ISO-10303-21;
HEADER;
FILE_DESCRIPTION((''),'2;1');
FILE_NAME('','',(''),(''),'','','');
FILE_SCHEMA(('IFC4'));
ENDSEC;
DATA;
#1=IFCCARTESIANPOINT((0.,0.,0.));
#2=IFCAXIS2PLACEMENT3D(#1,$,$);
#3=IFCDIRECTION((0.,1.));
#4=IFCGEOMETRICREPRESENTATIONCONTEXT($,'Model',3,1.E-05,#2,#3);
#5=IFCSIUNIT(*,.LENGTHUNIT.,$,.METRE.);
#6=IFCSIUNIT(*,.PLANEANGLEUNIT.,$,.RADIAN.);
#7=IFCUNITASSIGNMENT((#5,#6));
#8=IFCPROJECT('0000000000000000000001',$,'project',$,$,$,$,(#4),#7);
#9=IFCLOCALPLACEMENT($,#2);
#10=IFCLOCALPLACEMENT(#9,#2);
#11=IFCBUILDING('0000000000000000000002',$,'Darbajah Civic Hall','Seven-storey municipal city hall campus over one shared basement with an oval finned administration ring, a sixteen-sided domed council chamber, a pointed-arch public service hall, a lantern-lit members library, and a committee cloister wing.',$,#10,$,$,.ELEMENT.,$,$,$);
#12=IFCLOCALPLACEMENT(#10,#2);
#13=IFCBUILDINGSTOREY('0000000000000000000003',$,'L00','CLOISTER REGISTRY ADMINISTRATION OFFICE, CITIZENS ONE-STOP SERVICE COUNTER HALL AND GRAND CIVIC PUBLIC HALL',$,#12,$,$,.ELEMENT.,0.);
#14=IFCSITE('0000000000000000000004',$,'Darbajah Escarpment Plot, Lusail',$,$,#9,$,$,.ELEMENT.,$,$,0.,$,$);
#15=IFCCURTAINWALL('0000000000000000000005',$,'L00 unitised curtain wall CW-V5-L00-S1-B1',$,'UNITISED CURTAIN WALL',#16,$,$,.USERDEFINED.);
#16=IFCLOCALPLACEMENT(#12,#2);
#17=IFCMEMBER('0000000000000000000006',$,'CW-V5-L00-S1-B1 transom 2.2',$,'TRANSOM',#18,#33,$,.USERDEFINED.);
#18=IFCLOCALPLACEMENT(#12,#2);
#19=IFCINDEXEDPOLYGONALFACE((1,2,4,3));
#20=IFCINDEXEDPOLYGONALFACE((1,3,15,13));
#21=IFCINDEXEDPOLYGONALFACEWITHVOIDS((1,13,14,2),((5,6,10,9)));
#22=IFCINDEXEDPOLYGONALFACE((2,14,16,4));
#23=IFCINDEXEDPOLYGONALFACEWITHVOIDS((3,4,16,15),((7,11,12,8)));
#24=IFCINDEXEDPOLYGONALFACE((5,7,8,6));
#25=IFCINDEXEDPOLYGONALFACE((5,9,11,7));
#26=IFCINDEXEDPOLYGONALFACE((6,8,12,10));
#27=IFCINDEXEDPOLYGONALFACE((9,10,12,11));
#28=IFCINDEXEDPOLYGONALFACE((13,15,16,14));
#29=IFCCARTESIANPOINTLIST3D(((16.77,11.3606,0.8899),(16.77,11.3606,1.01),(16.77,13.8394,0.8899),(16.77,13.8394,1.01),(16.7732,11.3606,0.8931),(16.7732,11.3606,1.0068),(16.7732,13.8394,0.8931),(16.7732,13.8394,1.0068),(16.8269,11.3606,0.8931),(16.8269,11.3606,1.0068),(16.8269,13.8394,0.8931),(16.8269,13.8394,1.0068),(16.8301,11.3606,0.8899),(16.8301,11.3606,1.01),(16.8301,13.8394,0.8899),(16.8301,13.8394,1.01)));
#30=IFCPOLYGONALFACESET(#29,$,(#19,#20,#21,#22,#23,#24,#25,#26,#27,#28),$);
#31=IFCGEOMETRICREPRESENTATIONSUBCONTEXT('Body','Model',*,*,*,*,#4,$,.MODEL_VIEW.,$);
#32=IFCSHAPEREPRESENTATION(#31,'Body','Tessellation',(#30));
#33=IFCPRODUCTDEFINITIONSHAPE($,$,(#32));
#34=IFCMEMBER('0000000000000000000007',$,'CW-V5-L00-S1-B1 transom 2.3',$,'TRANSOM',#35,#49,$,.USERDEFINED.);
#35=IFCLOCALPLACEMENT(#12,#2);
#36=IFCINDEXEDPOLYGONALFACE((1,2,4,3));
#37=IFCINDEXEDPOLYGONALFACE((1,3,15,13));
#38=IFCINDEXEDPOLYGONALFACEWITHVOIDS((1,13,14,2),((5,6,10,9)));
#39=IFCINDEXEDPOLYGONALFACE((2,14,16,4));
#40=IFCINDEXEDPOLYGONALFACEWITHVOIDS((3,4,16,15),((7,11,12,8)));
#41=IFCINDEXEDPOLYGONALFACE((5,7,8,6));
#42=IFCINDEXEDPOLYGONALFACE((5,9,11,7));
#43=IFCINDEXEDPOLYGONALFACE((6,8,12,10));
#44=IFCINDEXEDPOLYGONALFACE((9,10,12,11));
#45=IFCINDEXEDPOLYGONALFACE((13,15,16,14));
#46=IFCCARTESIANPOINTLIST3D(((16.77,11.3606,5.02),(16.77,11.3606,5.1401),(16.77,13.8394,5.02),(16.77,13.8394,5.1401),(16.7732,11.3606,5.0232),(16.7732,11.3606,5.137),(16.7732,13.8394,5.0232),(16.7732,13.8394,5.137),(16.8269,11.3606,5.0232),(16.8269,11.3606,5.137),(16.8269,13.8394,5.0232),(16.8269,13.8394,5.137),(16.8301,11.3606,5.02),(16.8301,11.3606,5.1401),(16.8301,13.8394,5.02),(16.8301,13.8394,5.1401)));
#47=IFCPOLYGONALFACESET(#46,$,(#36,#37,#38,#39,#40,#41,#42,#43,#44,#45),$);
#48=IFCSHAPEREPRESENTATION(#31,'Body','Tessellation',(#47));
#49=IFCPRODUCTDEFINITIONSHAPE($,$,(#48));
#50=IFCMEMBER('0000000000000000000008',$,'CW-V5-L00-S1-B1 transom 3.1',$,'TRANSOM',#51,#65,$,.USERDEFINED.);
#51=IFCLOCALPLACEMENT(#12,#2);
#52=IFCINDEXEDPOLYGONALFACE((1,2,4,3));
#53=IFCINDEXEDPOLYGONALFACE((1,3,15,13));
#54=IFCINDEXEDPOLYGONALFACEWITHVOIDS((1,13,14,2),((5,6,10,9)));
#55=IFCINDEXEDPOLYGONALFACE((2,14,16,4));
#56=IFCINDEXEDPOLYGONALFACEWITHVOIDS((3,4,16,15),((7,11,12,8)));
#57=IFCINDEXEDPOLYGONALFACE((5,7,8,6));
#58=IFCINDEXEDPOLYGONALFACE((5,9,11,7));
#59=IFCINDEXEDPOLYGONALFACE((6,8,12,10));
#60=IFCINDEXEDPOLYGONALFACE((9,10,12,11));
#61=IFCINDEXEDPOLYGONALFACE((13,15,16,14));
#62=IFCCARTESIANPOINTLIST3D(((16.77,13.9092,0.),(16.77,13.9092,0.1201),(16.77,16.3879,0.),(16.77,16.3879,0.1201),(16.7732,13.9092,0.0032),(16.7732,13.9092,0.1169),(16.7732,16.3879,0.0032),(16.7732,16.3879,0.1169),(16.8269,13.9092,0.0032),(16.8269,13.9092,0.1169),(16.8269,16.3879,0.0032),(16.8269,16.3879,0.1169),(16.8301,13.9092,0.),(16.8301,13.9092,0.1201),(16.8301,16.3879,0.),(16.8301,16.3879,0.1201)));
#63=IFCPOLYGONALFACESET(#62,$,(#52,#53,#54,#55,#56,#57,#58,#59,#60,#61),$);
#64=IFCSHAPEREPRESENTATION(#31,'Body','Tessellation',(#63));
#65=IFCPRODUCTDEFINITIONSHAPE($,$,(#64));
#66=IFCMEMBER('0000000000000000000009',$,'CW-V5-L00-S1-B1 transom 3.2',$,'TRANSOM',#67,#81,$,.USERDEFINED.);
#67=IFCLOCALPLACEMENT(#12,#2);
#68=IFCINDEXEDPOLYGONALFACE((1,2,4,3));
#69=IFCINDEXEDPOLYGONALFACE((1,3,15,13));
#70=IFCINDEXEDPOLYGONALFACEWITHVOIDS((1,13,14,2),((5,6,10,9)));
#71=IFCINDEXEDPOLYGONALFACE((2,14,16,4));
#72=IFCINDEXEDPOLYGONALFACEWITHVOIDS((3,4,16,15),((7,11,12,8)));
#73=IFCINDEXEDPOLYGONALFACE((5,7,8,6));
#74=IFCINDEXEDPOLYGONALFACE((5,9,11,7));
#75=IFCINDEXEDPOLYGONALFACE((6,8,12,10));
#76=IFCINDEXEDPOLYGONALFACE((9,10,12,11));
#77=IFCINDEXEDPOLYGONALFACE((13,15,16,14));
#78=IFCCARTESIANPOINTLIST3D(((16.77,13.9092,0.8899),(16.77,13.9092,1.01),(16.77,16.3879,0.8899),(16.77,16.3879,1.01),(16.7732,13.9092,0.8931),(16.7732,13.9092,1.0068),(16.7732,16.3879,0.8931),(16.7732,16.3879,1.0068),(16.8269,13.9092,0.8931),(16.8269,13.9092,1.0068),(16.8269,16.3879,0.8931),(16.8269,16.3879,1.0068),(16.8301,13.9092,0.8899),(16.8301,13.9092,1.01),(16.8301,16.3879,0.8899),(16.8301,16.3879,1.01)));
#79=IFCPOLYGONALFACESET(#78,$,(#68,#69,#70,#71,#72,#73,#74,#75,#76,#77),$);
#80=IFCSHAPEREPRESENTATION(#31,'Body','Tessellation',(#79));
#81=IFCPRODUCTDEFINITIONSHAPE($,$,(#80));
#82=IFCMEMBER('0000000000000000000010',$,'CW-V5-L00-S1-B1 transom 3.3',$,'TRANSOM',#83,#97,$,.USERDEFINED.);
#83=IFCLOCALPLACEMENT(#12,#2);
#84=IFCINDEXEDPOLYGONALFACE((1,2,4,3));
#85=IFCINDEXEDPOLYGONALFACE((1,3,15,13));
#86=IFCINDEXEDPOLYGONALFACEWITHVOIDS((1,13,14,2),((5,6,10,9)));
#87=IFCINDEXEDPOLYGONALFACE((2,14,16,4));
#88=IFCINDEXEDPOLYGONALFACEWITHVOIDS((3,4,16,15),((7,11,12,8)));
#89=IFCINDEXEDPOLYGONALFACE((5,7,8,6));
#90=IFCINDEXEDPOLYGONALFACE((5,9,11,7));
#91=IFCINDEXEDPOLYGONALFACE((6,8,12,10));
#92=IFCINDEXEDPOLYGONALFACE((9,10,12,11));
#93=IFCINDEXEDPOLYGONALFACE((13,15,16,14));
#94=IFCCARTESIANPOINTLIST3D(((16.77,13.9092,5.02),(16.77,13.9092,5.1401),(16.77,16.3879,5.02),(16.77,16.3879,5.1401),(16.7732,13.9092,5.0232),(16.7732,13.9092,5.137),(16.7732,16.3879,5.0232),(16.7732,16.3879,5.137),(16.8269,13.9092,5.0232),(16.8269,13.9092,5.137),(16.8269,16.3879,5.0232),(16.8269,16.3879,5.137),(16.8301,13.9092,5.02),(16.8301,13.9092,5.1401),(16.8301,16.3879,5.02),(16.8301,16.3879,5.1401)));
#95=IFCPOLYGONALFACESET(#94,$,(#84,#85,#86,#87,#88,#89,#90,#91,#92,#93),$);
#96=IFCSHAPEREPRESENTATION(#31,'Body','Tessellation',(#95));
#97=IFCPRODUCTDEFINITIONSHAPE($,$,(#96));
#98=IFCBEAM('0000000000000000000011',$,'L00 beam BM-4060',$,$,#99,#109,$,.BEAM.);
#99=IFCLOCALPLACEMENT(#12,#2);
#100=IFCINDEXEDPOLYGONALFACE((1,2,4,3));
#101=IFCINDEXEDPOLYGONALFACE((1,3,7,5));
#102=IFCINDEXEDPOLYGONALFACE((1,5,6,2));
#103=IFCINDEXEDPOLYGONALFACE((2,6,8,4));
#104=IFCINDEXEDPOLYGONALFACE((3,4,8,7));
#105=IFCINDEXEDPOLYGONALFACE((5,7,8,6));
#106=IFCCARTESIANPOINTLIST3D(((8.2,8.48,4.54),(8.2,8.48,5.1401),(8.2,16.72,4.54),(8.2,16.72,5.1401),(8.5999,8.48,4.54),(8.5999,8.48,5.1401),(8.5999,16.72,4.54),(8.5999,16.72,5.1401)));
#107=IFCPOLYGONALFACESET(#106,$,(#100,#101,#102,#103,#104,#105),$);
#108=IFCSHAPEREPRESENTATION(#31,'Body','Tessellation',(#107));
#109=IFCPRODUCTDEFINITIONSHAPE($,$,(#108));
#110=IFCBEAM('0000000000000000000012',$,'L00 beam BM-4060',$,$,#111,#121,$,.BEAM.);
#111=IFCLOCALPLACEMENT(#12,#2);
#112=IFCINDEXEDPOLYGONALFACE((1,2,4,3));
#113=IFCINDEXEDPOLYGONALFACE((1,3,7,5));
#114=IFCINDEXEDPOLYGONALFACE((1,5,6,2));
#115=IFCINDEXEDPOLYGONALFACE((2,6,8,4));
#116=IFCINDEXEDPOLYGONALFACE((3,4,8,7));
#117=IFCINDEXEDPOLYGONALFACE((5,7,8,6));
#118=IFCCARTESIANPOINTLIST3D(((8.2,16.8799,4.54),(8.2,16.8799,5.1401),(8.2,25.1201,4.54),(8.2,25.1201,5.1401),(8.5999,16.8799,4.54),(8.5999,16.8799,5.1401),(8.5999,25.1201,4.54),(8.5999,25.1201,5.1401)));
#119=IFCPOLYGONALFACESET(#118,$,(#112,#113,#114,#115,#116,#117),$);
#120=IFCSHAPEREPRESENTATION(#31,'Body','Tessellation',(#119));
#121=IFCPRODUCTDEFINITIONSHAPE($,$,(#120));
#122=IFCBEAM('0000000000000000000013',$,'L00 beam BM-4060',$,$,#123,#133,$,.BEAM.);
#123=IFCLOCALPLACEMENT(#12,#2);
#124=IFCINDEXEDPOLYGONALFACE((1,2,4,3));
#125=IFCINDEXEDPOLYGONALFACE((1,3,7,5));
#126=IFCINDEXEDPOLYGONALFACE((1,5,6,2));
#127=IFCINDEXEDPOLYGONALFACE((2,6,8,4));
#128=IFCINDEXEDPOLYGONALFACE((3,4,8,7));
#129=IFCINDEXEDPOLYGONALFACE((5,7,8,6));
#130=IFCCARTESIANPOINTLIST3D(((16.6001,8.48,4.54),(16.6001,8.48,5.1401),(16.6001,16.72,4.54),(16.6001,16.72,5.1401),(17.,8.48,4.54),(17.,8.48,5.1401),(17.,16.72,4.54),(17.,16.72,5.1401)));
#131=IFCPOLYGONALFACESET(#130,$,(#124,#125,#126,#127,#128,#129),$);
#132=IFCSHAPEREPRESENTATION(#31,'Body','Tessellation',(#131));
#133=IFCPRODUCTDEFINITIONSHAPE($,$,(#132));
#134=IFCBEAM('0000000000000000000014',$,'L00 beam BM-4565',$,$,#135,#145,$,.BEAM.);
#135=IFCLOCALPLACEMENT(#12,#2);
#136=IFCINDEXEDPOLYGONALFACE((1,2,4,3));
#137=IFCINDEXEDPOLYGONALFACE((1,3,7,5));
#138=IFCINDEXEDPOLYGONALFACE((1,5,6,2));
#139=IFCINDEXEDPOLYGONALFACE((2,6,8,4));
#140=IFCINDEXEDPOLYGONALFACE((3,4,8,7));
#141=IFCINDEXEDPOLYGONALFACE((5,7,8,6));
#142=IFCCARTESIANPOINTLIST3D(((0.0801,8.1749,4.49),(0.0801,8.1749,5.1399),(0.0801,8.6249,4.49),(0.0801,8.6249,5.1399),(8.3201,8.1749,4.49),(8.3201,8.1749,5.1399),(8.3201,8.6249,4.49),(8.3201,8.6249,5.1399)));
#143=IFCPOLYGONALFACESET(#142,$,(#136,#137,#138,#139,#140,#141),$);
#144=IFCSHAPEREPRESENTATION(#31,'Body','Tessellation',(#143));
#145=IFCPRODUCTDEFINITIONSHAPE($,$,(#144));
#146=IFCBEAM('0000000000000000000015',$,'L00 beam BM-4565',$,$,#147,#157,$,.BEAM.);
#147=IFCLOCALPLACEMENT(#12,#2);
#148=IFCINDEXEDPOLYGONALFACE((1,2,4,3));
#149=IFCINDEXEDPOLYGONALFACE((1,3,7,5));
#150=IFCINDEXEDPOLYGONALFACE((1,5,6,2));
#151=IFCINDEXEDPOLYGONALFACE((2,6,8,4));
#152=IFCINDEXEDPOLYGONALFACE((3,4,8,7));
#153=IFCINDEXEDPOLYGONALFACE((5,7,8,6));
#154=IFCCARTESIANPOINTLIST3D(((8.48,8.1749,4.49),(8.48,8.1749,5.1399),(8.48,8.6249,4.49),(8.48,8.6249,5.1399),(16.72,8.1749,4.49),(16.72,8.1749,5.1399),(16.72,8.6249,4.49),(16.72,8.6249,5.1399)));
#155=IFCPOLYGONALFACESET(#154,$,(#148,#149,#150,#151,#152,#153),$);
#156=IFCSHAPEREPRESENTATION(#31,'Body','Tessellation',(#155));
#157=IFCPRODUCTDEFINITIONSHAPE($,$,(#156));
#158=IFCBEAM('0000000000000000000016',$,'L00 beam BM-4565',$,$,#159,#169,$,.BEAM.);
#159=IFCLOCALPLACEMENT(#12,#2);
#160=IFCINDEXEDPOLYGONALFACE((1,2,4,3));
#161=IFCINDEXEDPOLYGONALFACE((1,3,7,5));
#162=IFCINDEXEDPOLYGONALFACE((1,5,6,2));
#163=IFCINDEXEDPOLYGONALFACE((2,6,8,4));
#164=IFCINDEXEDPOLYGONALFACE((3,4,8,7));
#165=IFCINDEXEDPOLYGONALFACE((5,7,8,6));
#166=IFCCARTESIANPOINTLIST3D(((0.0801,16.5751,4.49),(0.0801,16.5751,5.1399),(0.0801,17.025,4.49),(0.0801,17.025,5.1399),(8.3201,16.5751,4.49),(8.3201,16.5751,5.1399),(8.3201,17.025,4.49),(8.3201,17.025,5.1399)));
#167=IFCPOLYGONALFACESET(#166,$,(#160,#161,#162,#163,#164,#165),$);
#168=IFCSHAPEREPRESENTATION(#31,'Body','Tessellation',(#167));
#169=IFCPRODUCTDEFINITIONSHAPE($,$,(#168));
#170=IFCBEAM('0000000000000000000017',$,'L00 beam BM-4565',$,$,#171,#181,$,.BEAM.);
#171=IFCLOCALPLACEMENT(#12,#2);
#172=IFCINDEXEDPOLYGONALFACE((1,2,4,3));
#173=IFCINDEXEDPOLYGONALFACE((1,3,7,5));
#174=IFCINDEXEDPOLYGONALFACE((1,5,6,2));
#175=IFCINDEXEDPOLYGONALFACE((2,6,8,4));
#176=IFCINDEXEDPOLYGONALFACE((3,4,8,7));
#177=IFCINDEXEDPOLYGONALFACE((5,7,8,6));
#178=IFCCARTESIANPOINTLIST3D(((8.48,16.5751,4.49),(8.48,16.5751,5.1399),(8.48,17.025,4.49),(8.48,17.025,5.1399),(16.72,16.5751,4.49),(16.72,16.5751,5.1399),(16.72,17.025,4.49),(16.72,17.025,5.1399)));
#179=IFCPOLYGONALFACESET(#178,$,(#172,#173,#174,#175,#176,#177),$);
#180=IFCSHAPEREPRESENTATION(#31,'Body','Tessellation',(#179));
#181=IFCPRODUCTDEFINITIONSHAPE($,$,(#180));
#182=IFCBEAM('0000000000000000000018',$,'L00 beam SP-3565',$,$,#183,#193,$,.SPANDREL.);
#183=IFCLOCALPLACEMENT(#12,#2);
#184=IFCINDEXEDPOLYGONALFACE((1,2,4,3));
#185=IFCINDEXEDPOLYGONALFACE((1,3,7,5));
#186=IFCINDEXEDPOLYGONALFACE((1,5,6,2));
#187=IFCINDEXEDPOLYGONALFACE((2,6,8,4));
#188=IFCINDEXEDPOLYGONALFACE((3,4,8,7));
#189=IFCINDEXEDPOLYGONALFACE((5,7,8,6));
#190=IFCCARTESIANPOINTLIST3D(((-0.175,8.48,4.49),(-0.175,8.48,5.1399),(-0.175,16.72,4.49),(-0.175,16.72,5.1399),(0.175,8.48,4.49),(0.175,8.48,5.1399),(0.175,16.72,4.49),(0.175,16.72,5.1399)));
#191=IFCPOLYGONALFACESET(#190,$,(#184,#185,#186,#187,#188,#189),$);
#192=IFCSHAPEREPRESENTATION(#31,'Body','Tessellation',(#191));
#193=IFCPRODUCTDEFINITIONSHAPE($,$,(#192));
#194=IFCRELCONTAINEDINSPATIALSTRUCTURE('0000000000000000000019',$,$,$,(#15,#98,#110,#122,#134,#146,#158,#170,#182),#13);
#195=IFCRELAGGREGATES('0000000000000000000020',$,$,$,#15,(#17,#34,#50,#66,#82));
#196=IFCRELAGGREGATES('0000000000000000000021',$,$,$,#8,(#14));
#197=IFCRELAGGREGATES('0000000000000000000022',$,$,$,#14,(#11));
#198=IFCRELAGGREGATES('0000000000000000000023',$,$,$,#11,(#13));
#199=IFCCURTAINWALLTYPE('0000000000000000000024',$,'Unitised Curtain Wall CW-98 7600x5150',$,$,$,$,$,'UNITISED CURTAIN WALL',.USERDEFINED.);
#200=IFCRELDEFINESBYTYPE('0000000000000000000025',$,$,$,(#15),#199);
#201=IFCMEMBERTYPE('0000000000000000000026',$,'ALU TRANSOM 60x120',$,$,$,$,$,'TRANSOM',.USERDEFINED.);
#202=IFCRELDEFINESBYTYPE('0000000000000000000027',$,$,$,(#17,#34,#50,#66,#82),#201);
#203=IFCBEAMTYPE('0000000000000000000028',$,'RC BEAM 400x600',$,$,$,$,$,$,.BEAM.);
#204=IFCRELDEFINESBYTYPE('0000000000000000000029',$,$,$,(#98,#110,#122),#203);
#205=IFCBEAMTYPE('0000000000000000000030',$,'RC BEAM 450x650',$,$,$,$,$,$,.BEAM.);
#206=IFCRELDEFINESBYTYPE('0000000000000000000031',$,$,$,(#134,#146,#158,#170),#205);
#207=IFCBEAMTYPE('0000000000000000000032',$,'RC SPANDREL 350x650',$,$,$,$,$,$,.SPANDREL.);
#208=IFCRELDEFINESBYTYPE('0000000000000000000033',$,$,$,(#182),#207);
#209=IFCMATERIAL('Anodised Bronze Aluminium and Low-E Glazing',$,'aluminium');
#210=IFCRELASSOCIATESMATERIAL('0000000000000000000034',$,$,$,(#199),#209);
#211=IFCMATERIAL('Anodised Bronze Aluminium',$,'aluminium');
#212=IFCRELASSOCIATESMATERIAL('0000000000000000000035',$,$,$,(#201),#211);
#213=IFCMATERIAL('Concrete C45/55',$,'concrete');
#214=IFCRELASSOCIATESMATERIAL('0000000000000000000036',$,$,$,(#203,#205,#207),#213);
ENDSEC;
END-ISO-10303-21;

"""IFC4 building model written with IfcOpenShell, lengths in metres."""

from ifc_helpers import new_model, si_unit, direction, frame, origin, origin_2d, place, context, subcontext, project, spatial, rectangle, hollow_rectangle, extrude, material, material_profile, profile_set, type_object, element, aggregate, save


model = new_model("IFC4")

# Units and contexts
model_context = context("Model", 3, precision=1e-05, world=origin(), true_north=direction((0.0, 1.0)))
body_context = subcontext(model_context, "Body", "Model", "MODEL_VIEW")
ifc_project = project(units=[si_unit("LENGTHUNIT", "METRE"), si_unit("PLANEANGLEUNIT", "RADIAN")], contexts=[model_context])

# Site, building, storey
site_placement = place(None, origin())
site = spatial("IfcSite", under=ifc_project, at=site_placement, Name="Darbajah Escarpment Plot, Lusail", CompositionType="ELEMENT", RefElevation=0.0)
building_placement = place(site_placement, origin())
building = spatial("IfcBuilding", under=site, at=building_placement, Name="Darbajah Civic Hall", Description="Seven-storey municipal city hall campus over one shared basement with an oval finned administration ring, a sixteen-sided domed council chamber, a pointed-arch public service hall, a lantern-lit members library, and a committee cloister wing.", CompositionType="ELEMENT")
storey_placement = place(building_placement, origin())
storey = spatial("IfcBuildingStorey", under=building, at=storey_placement, Name="L00", Description="CLOISTER REGISTRY ADMINISTRATION OFFICE, CITIZENS ONE-STOP SERVICE COUNTER HALL AND GRAND CIVIC PUBLIC HALL", CompositionType="ELEMENT", Elevation=0.0)

# Shared definitions
ifc_material_1 = material(Name="Anodised Bronze Aluminium and Low-E Glazing", Category="aluminium")
curtain_wall_type = type_object("IfcCurtainWallType", Name="Unitised Curtain Wall CW-98 7600x5150", ElementType="UNITISED CURTAIN WALL", PredefinedType="USERDEFINED", material=ifc_material_1)
ifc_material_2 = material(Name="Anodised Bronze Aluminium", Category="aluminium")

# Curtain wall, members
curtain_wall_1_placement = place(storey_placement, origin())
curtain_wall_1 = element("IfcCurtainWall", 1, at=curtain_wall_1_placement, inside=storey, type_object=curtain_wall_type, Name="L00 unitised curtain wall CW-V5-L00-S1-B1", ObjectType="UNITISED CURTAIN WALL", PredefinedType="USERDEFINED")
ifc_material_profile_1 = material_profile(ifc_material_2, hollow_rectangle(XDim=0.0601, YDim=0.1201, WallThickness=0.0032, at=origin_2d()), Name="ALU TRANSOM 60x120")
ifc_profile_set_1 = profile_set([ifc_material_profile_1], Name="Anodised Bronze Aluminium")
member_type_1 = type_object("IfcMemberType", Name="ALU TRANSOM 60x120", ElementType="TRANSOM", PredefinedType="USERDEFINED", material=ifc_profile_set_1)
member_1_placement = place(storey_placement, frame((16.8, 11.3606, 0.95), z_axis=(0.0, 1.0, 0.0), x_axis=(-1.0, 0.0, 0.0)))
member_1 = element("IfcMember", 2, at=member_1_placement, type_object=member_type_1, Name="CW-V5-L00-S1-B1 transom 2.2", ObjectType="TRANSOM", PredefinedType="USERDEFINED", context=body_context, shape_type="SweptSolid", body=[
    extrude(hollow_rectangle(XDim=0.0601, YDim=0.1201, WallThickness=0.0032, at=origin_2d()), origin(), (0.0, 0.0, 1.0), 2.4788),
])
member_2_placement = place(storey_placement, frame((16.8, 11.3606, 5.0801), z_axis=(0.0, 1.0, 0.0), x_axis=(-1.0, 0.0, 0.0)))
member_2 = element("IfcMember", 3, at=member_2_placement, type_object=member_type_1, Name="CW-V5-L00-S1-B1 transom 2.3", ObjectType="TRANSOM", PredefinedType="USERDEFINED", context=body_context, shape_type="SweptSolid", body=[
    extrude(hollow_rectangle(XDim=0.0601, YDim=0.1201, WallThickness=0.0032, at=origin_2d()), origin(), (0.0, 0.0, 1.0), 2.4788),
])
member_3_placement = place(storey_placement, frame((16.8, 13.9092, 0.0601), z_axis=(0.0, 1.0, 0.0), x_axis=(-1.0, 0.0, 0.0)))
member_3 = element("IfcMember", 4, at=member_3_placement, type_object=member_type_1, Name="CW-V5-L00-S1-B1 transom 3.1", ObjectType="TRANSOM", PredefinedType="USERDEFINED", context=body_context, shape_type="SweptSolid", body=[
    extrude(hollow_rectangle(XDim=0.0601, YDim=0.1201, WallThickness=0.0032, at=origin_2d()), origin(), (0.0, 0.0, 1.0), 2.4788),
])
member_4_placement = place(storey_placement, frame((16.8, 13.9092, 0.95), z_axis=(0.0, 1.0, 0.0), x_axis=(-1.0, 0.0, 0.0)))
member_4 = element("IfcMember", 5, at=member_4_placement, type_object=member_type_1, Name="CW-V5-L00-S1-B1 transom 3.2", ObjectType="TRANSOM", PredefinedType="USERDEFINED", context=body_context, shape_type="SweptSolid", body=[
    extrude(hollow_rectangle(XDim=0.0601, YDim=0.1201, WallThickness=0.0032, at=origin_2d()), origin(), (0.0, 0.0, 1.0), 2.4788),
])
member_5_placement = place(storey_placement, frame((16.8, 13.9092, 5.0801), z_axis=(0.0, 1.0, 0.0), x_axis=(-1.0, 0.0, 0.0)))
member_5 = element("IfcMember", 6, at=member_5_placement, type_object=member_type_1, Name="CW-V5-L00-S1-B1 transom 3.3", ObjectType="TRANSOM", PredefinedType="USERDEFINED", context=body_context, shape_type="SweptSolid", body=[
    extrude(hollow_rectangle(XDim=0.0601, YDim=0.1201, WallThickness=0.0032, at=origin_2d()), origin(), (0.0, 0.0, 1.0), 2.4788),
])

# Beams
ifc_material_3 = material(Name="Concrete C45/55", Category="concrete")
ifc_material_profile_2 = material_profile(ifc_material_3, rectangle(XDim=0.3999, YDim=0.6001, at=origin_2d()), Name="RC BEAM 400x600")
ifc_profile_set_2 = profile_set([ifc_material_profile_2], Name="Concrete C45/55")
beam_type_1 = type_object("IfcBeamType", Name="RC BEAM 400x600", PredefinedType="BEAM", material=ifc_profile_set_2)
beam_1_placement = place(storey_placement, frame((8.3999, 8.48, 4.8401), z_axis=(0.0, 1.0, 0.0), x_axis=(-1.0, 0.0, 0.0)))
element("IfcBeam", 7, at=beam_1_placement, inside=storey, type_object=beam_type_1, Name="L00 beam BM-4060", PredefinedType="BEAM", context=body_context, shape_type="SweptSolid", body=[
    extrude(rectangle(XDim=0.3999, YDim=0.6001, at=origin_2d()), origin(), (0.0, 0.0, 1.0), 8.24),
])
beam_2_placement = place(storey_placement, frame((8.3999, 16.8799, 4.8401), z_axis=(0.0, 1.0, 0.0), x_axis=(-1.0, 0.0, 0.0)))
element("IfcBeam", 8, at=beam_2_placement, inside=storey, type_object=beam_type_1, Name="L00 beam BM-4060", PredefinedType="BEAM", context=body_context, shape_type="SweptSolid", body=[
    extrude(rectangle(XDim=0.3999, YDim=0.6001, at=origin_2d()), origin(), (0.0, 0.0, 1.0), 8.2402),
])
beam_3_placement = place(storey_placement, frame((16.8, 8.48, 4.8401), z_axis=(0.0, 1.0, 0.0), x_axis=(-1.0, 0.0, 0.0)))
element("IfcBeam", 9, at=beam_3_placement, inside=storey, type_object=beam_type_1, Name="L00 beam BM-4060", PredefinedType="BEAM", context=body_context, shape_type="SweptSolid", body=[
    extrude(rectangle(XDim=0.3999, YDim=0.6001, at=origin_2d()), origin(), (0.0, 0.0, 1.0), 8.24),
])
ifc_material_profile_3 = material_profile(ifc_material_3, rectangle(XDim=0.45, YDim=0.6499, at=origin_2d()), Name="RC BEAM 450x650")
ifc_profile_set_3 = profile_set([ifc_material_profile_3], Name="Concrete C45/55")
beam_type_2 = type_object("IfcBeamType", Name="RC BEAM 450x650", PredefinedType="BEAM", material=ifc_profile_set_3)
for number, where, z_axis, x_axis, name in (
    (10, (0.0801, 8.3999, 4.8149), (1.0, 0.0, 0.0), (0.0, 1.0, 0.0), "L00 beam BM-4565"),
    (11, (8.48, 8.3999, 4.8149), (1.0, 0.0, 0.0), (0.0, 1.0, 0.0), "L00 beam BM-4565"),
    (12, (0.0801, 16.8, 4.8149), (1.0, 0.0, 0.0), (0.0, 1.0, 0.0), "L00 beam BM-4565"),
    (13, (8.48, 16.8, 4.8149), (1.0, 0.0, 0.0), (0.0, 1.0, 0.0), "L00 beam BM-4565"),
):
    element("IfcBeam", number, at=place(storey_placement, frame(where, z_axis=z_axis, x_axis=x_axis)), inside=storey, type_object=beam_type_2, Name=name, PredefinedType="BEAM", context=body_context, shape_type="SweptSolid", body=[
        extrude(rectangle(XDim=0.45, YDim=0.6499, at=origin_2d()), origin(), (0.0, 0.0, 1.0), 8.24),
    ])
ifc_material_profile_4 = material_profile(ifc_material_3, rectangle(XDim=0.3501, YDim=0.6499, at=origin_2d()), Name="RC SPANDREL 350x650")
ifc_profile_set_4 = profile_set([ifc_material_profile_4], Name="Concrete C45/55")
beam_type_3 = type_object("IfcBeamType", Name="RC SPANDREL 350x650", PredefinedType="SPANDREL", material=ifc_profile_set_4)
beam_4_placement = place(storey_placement, frame((0.0, 8.48, 4.8149), z_axis=(0.0, 1.0, 0.0), x_axis=(-1.0, 0.0, 0.0)))
element("IfcBeam", 14, at=beam_4_placement, inside=storey, type_object=beam_type_3, Name="L00 beam SP-3565", PredefinedType="SPANDREL", context=body_context, shape_type="SweptSolid", body=[
    extrude(rectangle(XDim=0.3501, YDim=0.6499, at=origin_2d()), origin(), (0.0, 0.0, 1.0), 8.24),
])

aggregate(curtain_wall_1, [member_1, member_2, member_3, member_4, member_5])

save(model, "model.ifc")
